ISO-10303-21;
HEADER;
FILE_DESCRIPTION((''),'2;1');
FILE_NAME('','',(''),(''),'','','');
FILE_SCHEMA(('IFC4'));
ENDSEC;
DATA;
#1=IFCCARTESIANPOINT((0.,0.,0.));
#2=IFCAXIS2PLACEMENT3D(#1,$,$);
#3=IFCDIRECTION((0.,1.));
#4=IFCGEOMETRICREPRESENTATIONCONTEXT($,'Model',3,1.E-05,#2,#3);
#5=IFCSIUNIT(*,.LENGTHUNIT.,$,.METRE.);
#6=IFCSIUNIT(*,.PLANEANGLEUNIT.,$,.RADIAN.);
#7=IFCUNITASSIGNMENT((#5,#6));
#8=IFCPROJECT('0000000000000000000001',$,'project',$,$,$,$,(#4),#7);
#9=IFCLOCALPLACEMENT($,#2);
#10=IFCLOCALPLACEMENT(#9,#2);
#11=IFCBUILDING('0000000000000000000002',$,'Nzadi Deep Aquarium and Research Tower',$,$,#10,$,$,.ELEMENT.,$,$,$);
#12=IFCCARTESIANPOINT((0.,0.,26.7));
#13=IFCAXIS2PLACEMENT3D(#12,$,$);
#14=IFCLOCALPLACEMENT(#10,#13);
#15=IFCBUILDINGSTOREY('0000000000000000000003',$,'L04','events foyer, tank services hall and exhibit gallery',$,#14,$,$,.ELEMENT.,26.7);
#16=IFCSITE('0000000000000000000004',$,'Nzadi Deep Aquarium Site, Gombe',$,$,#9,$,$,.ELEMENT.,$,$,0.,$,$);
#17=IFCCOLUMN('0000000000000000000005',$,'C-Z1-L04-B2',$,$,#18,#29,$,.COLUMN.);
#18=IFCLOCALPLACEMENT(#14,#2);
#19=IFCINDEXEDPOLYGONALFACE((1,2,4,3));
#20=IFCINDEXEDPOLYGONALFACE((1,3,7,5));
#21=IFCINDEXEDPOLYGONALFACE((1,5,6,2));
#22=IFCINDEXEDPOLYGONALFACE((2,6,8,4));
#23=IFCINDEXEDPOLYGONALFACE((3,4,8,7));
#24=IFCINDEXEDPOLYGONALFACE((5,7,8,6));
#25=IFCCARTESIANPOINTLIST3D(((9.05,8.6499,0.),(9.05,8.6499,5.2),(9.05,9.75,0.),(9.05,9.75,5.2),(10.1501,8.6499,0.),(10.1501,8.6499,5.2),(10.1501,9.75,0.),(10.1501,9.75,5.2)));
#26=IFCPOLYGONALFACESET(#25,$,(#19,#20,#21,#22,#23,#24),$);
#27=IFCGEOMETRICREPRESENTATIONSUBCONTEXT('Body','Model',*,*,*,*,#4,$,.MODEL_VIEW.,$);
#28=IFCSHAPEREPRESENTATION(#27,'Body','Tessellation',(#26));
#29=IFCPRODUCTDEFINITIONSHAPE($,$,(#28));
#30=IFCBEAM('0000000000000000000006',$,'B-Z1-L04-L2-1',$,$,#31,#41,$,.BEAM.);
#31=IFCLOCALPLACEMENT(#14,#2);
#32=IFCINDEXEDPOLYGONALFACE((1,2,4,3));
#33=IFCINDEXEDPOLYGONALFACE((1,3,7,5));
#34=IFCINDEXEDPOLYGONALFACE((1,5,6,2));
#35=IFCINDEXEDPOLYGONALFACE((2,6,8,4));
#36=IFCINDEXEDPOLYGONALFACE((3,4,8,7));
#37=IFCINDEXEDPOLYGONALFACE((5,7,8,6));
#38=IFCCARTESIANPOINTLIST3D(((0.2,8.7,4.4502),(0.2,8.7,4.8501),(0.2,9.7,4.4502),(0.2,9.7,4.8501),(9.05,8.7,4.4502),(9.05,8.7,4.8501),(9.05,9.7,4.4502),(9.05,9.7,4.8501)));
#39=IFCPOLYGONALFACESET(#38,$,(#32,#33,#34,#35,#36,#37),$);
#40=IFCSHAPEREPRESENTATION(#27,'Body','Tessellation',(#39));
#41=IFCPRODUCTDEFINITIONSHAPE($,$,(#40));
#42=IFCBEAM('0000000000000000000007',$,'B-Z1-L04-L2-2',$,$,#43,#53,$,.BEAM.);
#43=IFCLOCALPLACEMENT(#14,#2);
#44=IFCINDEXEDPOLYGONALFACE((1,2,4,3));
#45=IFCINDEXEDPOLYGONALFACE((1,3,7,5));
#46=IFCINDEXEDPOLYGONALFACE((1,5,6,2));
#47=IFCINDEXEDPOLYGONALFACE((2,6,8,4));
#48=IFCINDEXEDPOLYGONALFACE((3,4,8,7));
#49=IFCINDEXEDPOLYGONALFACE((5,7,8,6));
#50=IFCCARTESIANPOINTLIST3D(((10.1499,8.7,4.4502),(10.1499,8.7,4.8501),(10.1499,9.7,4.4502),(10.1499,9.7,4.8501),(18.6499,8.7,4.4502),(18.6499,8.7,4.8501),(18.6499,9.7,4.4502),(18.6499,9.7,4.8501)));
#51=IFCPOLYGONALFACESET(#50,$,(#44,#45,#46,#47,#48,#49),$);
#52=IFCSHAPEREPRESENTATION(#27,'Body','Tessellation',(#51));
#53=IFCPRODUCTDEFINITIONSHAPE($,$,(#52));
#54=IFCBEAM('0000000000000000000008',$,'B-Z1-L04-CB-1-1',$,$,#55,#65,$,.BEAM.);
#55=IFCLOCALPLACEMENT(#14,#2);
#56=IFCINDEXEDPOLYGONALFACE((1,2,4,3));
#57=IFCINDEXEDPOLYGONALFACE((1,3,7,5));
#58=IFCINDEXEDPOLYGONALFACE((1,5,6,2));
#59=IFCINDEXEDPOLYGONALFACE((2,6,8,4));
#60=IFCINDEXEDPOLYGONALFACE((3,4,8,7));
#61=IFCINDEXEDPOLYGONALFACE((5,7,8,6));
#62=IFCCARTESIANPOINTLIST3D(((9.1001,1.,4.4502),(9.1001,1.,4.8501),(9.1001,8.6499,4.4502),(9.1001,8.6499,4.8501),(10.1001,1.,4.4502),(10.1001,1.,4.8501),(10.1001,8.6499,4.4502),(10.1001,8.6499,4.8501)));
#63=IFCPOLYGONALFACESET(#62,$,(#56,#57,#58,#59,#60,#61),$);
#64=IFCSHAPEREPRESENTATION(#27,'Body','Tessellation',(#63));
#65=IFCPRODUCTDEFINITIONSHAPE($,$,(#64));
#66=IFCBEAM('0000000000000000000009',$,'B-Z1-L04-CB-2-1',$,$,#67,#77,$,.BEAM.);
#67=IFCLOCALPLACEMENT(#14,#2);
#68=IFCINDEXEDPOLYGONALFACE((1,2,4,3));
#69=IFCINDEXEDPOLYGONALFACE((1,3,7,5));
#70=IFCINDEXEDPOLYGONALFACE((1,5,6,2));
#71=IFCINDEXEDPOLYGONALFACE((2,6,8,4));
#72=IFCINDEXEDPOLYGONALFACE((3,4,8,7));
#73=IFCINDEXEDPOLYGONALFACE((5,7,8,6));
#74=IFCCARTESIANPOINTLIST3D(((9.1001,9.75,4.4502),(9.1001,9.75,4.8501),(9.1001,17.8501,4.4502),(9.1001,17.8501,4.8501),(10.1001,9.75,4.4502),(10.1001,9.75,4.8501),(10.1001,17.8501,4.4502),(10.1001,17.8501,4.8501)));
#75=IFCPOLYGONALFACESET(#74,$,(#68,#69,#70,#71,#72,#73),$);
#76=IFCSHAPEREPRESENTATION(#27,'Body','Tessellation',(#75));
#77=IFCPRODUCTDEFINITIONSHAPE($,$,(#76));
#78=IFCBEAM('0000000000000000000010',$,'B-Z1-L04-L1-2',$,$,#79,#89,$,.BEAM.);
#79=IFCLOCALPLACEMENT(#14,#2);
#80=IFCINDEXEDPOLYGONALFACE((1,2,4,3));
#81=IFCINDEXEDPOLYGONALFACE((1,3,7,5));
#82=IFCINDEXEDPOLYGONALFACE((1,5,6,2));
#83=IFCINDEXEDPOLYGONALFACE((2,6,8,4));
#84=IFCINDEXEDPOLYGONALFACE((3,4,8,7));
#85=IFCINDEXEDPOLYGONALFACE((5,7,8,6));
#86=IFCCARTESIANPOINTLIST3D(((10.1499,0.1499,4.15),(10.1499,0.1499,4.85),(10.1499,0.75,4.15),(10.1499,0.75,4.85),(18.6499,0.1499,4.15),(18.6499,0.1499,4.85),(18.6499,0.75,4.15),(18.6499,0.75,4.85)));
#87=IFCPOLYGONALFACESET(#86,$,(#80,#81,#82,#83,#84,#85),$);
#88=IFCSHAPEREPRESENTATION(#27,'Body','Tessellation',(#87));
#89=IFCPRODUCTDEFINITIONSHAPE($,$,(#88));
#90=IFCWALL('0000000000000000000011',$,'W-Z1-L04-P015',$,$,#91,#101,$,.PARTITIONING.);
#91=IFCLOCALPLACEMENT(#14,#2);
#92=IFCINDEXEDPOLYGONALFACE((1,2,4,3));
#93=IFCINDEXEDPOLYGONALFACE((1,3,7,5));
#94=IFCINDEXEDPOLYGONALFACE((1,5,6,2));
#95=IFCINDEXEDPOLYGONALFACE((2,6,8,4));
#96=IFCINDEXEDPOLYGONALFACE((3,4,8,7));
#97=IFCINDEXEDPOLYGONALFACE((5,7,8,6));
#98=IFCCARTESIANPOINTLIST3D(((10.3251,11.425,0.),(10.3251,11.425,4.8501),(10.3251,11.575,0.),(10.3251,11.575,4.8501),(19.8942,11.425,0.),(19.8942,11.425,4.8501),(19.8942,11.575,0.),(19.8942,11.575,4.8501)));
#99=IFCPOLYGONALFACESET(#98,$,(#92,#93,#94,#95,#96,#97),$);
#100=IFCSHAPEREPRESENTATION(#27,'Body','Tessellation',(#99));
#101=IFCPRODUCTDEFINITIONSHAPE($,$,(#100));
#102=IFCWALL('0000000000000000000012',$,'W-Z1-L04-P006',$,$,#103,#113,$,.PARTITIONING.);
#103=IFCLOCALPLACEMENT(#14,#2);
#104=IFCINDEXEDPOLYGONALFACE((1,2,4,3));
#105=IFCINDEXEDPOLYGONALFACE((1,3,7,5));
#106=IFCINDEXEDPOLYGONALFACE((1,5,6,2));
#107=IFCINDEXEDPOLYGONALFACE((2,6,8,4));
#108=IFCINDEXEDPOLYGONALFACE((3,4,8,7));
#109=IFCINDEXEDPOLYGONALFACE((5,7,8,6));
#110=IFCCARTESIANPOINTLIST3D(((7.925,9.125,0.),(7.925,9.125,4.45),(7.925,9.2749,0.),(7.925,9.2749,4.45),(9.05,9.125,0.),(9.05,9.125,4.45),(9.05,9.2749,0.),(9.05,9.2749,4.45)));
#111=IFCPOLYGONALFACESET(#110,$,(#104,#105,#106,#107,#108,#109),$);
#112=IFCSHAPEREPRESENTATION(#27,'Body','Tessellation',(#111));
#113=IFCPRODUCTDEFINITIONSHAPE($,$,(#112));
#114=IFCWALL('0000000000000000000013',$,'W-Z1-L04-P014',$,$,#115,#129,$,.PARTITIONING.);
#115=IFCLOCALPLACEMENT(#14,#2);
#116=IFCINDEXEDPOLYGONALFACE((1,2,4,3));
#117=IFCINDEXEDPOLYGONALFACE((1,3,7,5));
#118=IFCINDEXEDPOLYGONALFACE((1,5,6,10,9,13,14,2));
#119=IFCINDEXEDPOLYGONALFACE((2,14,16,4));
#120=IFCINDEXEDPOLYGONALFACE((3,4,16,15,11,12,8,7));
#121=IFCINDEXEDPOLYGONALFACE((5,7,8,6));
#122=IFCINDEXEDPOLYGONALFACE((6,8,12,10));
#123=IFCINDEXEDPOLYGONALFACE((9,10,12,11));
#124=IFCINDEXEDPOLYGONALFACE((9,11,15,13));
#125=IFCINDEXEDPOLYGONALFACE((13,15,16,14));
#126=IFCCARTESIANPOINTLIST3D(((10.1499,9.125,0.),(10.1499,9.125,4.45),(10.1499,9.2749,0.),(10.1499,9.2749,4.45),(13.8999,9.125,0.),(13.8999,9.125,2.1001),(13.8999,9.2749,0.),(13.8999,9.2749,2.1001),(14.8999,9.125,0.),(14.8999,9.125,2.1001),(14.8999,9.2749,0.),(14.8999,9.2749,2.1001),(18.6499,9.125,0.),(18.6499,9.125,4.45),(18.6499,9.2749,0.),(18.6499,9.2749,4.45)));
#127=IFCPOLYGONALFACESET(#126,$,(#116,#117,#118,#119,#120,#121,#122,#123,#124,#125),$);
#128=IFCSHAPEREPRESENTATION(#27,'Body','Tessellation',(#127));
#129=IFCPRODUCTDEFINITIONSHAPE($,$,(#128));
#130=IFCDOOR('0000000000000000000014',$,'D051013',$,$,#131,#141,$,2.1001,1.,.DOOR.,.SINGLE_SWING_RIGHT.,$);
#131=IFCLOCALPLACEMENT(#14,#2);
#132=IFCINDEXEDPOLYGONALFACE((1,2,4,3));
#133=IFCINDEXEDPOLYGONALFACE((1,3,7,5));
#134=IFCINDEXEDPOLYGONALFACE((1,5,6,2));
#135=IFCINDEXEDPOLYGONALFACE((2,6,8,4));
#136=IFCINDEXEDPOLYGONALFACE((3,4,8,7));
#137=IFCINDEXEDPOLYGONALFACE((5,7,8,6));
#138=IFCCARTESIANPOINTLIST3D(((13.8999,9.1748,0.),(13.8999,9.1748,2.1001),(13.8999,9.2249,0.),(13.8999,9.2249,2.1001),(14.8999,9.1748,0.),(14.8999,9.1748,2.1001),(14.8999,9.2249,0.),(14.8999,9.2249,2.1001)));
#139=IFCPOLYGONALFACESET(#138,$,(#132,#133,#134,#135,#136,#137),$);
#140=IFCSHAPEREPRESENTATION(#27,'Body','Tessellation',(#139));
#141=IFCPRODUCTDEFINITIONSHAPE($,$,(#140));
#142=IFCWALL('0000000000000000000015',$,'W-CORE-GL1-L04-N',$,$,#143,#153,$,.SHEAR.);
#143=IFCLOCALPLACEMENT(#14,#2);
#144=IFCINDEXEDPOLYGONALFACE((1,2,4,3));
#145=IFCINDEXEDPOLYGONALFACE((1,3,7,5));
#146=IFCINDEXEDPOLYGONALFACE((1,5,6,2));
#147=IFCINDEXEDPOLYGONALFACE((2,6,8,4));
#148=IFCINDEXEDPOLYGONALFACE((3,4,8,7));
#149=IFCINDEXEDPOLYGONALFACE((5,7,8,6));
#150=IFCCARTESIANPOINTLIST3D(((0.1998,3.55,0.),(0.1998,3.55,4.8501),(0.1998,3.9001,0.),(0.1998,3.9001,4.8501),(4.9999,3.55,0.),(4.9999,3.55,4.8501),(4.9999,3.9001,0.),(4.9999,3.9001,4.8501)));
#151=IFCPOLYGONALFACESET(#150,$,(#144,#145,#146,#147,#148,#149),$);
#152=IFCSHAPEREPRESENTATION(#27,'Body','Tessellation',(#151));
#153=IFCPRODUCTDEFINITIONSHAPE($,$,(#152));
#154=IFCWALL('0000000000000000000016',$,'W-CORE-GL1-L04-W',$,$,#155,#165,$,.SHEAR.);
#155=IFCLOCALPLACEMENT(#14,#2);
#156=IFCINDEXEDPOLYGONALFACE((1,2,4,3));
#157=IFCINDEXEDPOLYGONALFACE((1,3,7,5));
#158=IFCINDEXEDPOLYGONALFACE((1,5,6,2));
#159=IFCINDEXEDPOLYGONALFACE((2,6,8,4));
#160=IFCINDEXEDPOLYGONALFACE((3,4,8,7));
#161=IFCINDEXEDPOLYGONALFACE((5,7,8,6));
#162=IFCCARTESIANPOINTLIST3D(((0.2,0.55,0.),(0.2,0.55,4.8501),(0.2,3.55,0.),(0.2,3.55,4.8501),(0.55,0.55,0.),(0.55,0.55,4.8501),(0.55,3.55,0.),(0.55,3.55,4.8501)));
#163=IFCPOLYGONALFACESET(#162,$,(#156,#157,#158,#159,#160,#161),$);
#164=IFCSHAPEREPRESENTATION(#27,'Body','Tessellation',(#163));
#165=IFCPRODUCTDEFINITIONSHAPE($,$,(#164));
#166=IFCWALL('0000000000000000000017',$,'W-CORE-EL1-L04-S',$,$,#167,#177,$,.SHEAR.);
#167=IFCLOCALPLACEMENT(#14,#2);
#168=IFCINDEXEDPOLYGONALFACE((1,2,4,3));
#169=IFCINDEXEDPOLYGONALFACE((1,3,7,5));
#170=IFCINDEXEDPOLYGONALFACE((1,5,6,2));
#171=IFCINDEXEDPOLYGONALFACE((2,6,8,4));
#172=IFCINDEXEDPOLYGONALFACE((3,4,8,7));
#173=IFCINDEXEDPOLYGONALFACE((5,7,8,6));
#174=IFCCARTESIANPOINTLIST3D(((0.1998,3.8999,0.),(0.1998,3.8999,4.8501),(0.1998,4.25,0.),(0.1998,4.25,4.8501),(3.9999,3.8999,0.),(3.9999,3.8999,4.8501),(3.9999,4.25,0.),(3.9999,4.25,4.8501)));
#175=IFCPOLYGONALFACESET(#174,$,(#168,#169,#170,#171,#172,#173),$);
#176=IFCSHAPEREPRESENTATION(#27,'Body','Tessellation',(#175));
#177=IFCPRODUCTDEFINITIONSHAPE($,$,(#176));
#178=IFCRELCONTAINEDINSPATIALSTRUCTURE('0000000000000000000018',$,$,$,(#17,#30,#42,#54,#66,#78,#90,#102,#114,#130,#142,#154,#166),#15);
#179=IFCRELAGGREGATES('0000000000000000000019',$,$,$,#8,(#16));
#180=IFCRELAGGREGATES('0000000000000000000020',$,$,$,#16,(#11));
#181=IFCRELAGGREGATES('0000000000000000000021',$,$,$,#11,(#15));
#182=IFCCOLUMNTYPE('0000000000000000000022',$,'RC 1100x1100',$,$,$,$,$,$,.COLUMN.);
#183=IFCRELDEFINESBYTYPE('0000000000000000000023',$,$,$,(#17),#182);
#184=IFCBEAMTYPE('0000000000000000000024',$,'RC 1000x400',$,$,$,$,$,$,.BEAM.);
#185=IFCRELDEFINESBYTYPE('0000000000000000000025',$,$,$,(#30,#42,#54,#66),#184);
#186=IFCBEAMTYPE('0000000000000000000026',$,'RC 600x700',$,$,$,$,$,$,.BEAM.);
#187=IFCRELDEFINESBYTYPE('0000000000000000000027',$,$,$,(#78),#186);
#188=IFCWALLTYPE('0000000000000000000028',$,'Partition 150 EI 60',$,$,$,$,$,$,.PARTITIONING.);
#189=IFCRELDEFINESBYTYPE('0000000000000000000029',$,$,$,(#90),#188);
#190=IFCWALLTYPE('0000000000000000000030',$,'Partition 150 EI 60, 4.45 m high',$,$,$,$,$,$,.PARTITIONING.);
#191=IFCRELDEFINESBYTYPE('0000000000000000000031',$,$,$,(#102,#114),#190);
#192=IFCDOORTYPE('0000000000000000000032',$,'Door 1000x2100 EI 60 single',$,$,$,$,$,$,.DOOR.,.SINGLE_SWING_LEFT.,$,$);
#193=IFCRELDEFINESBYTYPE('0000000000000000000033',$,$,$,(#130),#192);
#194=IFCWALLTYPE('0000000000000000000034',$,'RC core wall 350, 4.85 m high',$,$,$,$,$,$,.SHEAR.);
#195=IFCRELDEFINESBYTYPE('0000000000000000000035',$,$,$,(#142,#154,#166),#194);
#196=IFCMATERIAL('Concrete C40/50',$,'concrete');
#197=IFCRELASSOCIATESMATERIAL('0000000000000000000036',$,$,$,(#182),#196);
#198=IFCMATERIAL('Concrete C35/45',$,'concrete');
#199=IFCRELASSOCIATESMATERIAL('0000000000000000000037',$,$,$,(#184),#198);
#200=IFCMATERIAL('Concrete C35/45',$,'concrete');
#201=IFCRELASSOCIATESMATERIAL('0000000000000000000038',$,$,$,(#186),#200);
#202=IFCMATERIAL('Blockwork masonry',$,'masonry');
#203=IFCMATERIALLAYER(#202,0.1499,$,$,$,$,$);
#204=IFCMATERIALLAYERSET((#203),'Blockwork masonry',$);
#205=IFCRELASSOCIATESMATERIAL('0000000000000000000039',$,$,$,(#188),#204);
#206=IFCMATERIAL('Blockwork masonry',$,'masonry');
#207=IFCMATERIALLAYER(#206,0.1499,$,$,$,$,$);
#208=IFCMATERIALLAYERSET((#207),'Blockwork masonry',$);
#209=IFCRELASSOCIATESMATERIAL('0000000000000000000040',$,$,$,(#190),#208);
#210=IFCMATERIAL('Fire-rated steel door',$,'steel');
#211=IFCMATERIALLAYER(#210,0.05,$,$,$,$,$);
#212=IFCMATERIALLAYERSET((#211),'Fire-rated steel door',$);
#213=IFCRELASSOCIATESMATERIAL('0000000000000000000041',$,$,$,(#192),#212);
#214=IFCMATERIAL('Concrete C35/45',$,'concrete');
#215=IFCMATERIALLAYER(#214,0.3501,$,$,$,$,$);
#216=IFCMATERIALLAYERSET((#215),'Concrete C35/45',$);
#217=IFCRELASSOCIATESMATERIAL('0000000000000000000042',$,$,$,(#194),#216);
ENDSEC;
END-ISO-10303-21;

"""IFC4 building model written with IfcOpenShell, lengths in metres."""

from ifc_helpers import new_model, si_unit, direction, frame, frame_2d, origin, origin_2d, place, context, subcontext, project, spatial, rectangle, extrude, material, layer, layer_set, material_profile, profile_set, type_object, element, fill, save


model = new_model("IFC4")

# Units and contexts
model_context = context("Model", 3, precision=1e-05, world=origin(), true_north=direction((0.0, 1.0)))
body_context = subcontext(model_context, "Body", "Model", "MODEL_VIEW")
ifc_project = project(units=[si_unit("LENGTHUNIT", "METRE"), si_unit("PLANEANGLEUNIT", "RADIAN")], contexts=[model_context])

# Site, building, storey
site_placement = place(None, origin())
site = spatial("IfcSite", under=ifc_project, at=site_placement, Name="Nzadi Deep Aquarium Site, Gombe", CompositionType="ELEMENT", RefElevation=0.0)
building_placement = place(site_placement, origin())
building = spatial("IfcBuilding", under=site, at=building_placement, Name="Nzadi Deep Aquarium and Research Tower", CompositionType="ELEMENT")
storey_placement = place(building_placement, frame((0.0, 0.0, 26.7)))
storey = spatial("IfcBuildingStorey", under=building, at=storey_placement, Name="L04", Description="events foyer, tank services hall and exhibit gallery", CompositionType="ELEMENT", Elevation=26.7)

# Column
ifc_material_1 = material(Name="Concrete C40/50", Category="concrete")
ifc_material_profile_1 = material_profile(ifc_material_1, rectangle(XDim=1.1001, YDim=1.1001, at=origin_2d()))
ifc_profile_set_1 = profile_set([ifc_material_profile_1], Name="Concrete C40/50")
column_type = type_object("IfcColumnType", Name="RC 1100x1100", PredefinedType="COLUMN", material=ifc_profile_set_1)
column_placement = place(storey_placement, frame((9.6001, 9.2, 0.0), z_axis=(0.0, 0.0, 1.0), x_axis=(1.0, 0.0, 0.0)))
element("IfcColumn", 1, at=column_placement, inside=storey, type_object=column_type, Name="C-Z1-L04-B2", PredefinedType="COLUMN", context=body_context, shape_type="SweptSolid", body=[
    extrude(rectangle(XDim=1.1001, YDim=1.1001, at=origin_2d()), origin(), (0.0, 0.0, 1.0), 5.2),
])

# Beams
ifc_material_2 = material(Name="Concrete C35/45", Category="concrete")
ifc_material_profile_2 = material_profile(ifc_material_2, rectangle(XDim=1.0, YDim=0.3999, at=origin_2d()))
ifc_profile_set_2 = profile_set([ifc_material_profile_2], Name="Concrete C35/45")
beam_type_1 = type_object("IfcBeamType", Name="RC 1000x400", PredefinedType="BEAM", material=ifc_profile_set_2)
beam_1_placement = place(storey_placement, frame((0.2, 9.2, 4.6501), z_axis=(1.0, 0.0, 0.0), x_axis=(0.0, 1.0, 0.0)))
element("IfcBeam", 2, at=beam_1_placement, inside=storey, type_object=beam_type_1, Name="B-Z1-L04-L2-1", PredefinedType="BEAM", context=body_context, shape_type="SweptSolid", body=[
    extrude(rectangle(XDim=1.0, YDim=0.3999, at=origin_2d()), origin(), (0.0, 0.0, 1.0), 8.8501),
])
beam_2_placement = place(storey_placement, frame((10.1499, 9.2, 4.6501), z_axis=(1.0, 0.0, 0.0), x_axis=(0.0, 1.0, 0.0)))
element("IfcBeam", 3, at=beam_2_placement, inside=storey, type_object=beam_type_1, Name="B-Z1-L04-L2-2", PredefinedType="BEAM", context=body_context, shape_type="SweptSolid", body=[
    extrude(rectangle(XDim=1.0, YDim=0.3999, at=origin_2d()), origin(), (0.0, 0.0, 1.0), 8.5),
])
beam_3_placement = place(storey_placement, frame((9.6001, 1.0, 4.6501), z_axis=(0.0, 1.0, 0.0), x_axis=(-1.0, 0.0, 0.0)))
element("IfcBeam", 4, at=beam_3_placement, inside=storey, type_object=beam_type_1, Name="B-Z1-L04-CB-1-1", PredefinedType="BEAM", context=body_context, shape_type="SweptSolid", body=[
    extrude(rectangle(XDim=1.0, YDim=0.3999, at=origin_2d()), origin(), (0.0, 0.0, 1.0), 7.6499),
])
beam_4_placement = place(storey_placement, frame((9.6001, 9.75, 4.6501), z_axis=(0.0, 1.0, 0.0), x_axis=(-1.0, 0.0, 0.0)))
element("IfcBeam", 5, at=beam_4_placement, inside=storey, type_object=beam_type_1, Name="B-Z1-L04-CB-2-1", PredefinedType="BEAM", context=body_context, shape_type="SweptSolid", body=[
    extrude(rectangle(XDim=1.0, YDim=0.3999, at=origin_2d()), origin(), (0.0, 0.0, 1.0), 8.1001),
])
ifc_material_3 = material(Name="Concrete C35/45", Category="concrete")
ifc_material_profile_3 = material_profile(ifc_material_3, rectangle(XDim=0.6001, YDim=0.7, at=origin_2d()))
ifc_profile_set_3 = profile_set([ifc_material_profile_3], Name="Concrete C35/45")
beam_type_2 = type_object("IfcBeamType", Name="RC 600x700", PredefinedType="BEAM", material=ifc_profile_set_3)
beam_5_placement = place(storey_placement, frame((10.1499, 0.45, 4.5), z_axis=(1.0, 0.0, 0.0), x_axis=(0.0, 1.0, 0.0)))
element("IfcBeam", 6, at=beam_5_placement, inside=storey, type_object=beam_type_2, Name="B-Z1-L04-L1-2", PredefinedType="BEAM", context=body_context, shape_type="SweptSolid", body=[
    extrude(rectangle(XDim=0.6001, YDim=0.7, at=origin_2d()), origin(), (0.0, 0.0, 1.0), 8.5),
])

# Walls
ifc_material_4 = material(Name="Blockwork masonry", Category="masonry")
ifc_layer_1 = layer(ifc_material_4, 0.1499)
ifc_layer_set_1 = layer_set([ifc_layer_1], Name="Blockwork masonry")
wall_type_1 = type_object("IfcWallType", Name="Partition 150 EI 60", PredefinedType="PARTITIONING", material=ifc_layer_set_1)
wall_1_placement = place(storey_placement, frame((10.325, 11.5, 0.0), z_axis=(0.0, 0.0, 1.0), x_axis=(1.0, 0.0, 0.0)))
element("IfcWall", 7, at=wall_1_placement, inside=storey, type_object=wall_type_1, Name="W-Z1-L04-P015", PredefinedType="PARTITIONING", context=body_context, shape_type="SweptSolid", body=[
    extrude(rectangle(XDim=9.5691, YDim=0.1499, at=frame_2d((4.7847, 0.0))), origin(), (0.0, 0.0, 1.0), 4.8501),
])
ifc_material_5 = material(Name="Blockwork masonry", Category="masonry")
ifc_layer_2 = layer(ifc_material_5, 0.1499)
ifc_layer_set_2 = layer_set([ifc_layer_2], Name="Blockwork masonry")
wall_type_2 = type_object("IfcWallType", Name="Partition 150 EI 60, 4.45 m high", PredefinedType="PARTITIONING", material=ifc_layer_set_2)
wall_2_placement = place(storey_placement, frame((7.925, 9.2, 0.0), z_axis=(0.0, 0.0, 1.0), x_axis=(1.0, 0.0, 0.0)))
element("IfcWall", 8, at=wall_2_placement, inside=storey, type_object=wall_type_2, Name="W-Z1-L04-P006", PredefinedType="PARTITIONING", context=body_context, shape_type="SweptSolid", body=[
    extrude(rectangle(XDim=1.125, YDim=0.1499, at=frame_2d((0.5625, 0.0))), origin(), (0.0, 0.0, 1.0), 4.45),
])

# Wall, opening, door
wall_3_placement = place(storey_placement, frame((10.1499, 9.2, 0.0), z_axis=(0.0, 0.0, 1.0), x_axis=(1.0, 0.0, 0.0)))
wall_3 = element("IfcWall", 9, at=wall_3_placement, inside=storey, type_object=wall_type_2, Name="W-Z1-L04-P014", PredefinedType="PARTITIONING", context=body_context, shape_type="SweptSolid", body=[
    extrude(rectangle(XDim=8.5, YDim=0.1499, at=frame_2d((4.25, 0.0))), origin(), (0.0, 0.0, 1.0), 4.45),
])
opening_1_placement = place(wall_3_placement, frame((3.75, 0.0, 0.0)))
opening_1 = element("IfcOpeningElement", 10, at=opening_1_placement, cuts=wall_3, PredefinedType="OPENING", context=body_context, shape_type="SweptSolid", body=[
    extrude(rectangle(XDim=1.0, YDim=2.1001, at=frame_2d((0.5, 1.05))), frame((0.0, 0.085, 0.0), z_axis=(0.0, -1.0, 0.0), x_axis=(1.0, 0.0, 0.0)), (0.0, 0.0, 1.0), 0.1699),
])
ifc_material_6 = material(Name="Fire-rated steel door", Category="steel")
ifc_layer_3 = layer(ifc_material_6, 0.05)
ifc_layer_set_3 = layer_set([ifc_layer_3], Name="Fire-rated steel door")
door_type_1 = type_object("IfcDoorType", Name="Door 1000x2100 EI 60 single", OperationType="SINGLE_SWING_LEFT", PredefinedType="DOOR", material=ifc_layer_set_3)
door_1_placement = place(opening_1_placement, origin())
door_1 = element("IfcDoor", 11, at=door_1_placement, inside=storey, type_object=door_type_1, Name="D051013", OperationType="SINGLE_SWING_RIGHT", OverallHeight=2.1001, OverallWidth=1.0, PredefinedType="DOOR", context=body_context, shape_type="SweptSolid", body=[
    extrude(rectangle(XDim=1.0, YDim=2.1001, at=frame_2d((0.5, 1.05))), frame((0.0, 0.0249, 0.0), z_axis=(0.0, -1.0, 0.0), x_axis=(1.0, 0.0, 0.0)), (0.0, 0.0, 1.0), 0.05),
])
fill(opening_1, door_1)

# Walls
ifc_material_7 = material(Name="Concrete C35/45", Category="concrete")
ifc_layer_4 = layer(ifc_material_7, 0.3501)
ifc_layer_set_4 = layer_set([ifc_layer_4], Name="Concrete C35/45")
wall_type_3 = type_object("IfcWallType", Name="RC core wall 350, 4.85 m high", PredefinedType="SHEAR", material=ifc_layer_set_4)
wall_4_placement = place(storey_placement, frame((0.2, 3.7251, 0.0), z_axis=(0.0, 0.0, 1.0), x_axis=(1.0, 0.0, 0.0)))
element("IfcWall", 12, at=wall_4_placement, inside=storey, type_object=wall_type_3, Name="W-CORE-GL1-L04-N", PredefinedType="SHEAR", context=body_context, shape_type="SweptSolid", body=[
    extrude(rectangle(XDim=4.8, YDim=0.3501, at=frame_2d((2.3999, 0.0))), origin(), (0.0, 0.0, 1.0), 4.8501),
])
wall_5_placement = place(storey_placement, frame((0.375, 0.55, 0.0), z_axis=(0.0, 0.0, 1.0), x_axis=(0.0, 1.0, 0.0)))
element("IfcWall", 13, at=wall_5_placement, inside=storey, type_object=wall_type_3, Name="W-CORE-GL1-L04-W", PredefinedType="SHEAR", context=body_context, shape_type="SweptSolid", body=[
    extrude(rectangle(XDim=3.0, YDim=0.3501, at=frame_2d((1.5, 0.0))), origin(), (0.0, 0.0, 1.0), 4.8501),
])

# Wall
for number, where, z_axis, x_axis, name in (
    (14, (0.2, 4.075, 0.0), (0.0, 0.0, 1.0), (1.0, 0.0, 0.0), "W-CORE-EL1-L04-S"),
):
    element("IfcWall", number, at=place(storey_placement, frame(where, z_axis=z_axis, x_axis=x_axis)), inside=storey, type_object=wall_type_3, Name=name, PredefinedType="SHEAR", context=body_context, shape_type="SweptSolid", body=[
        extrude(rectangle(XDim=3.8, YDim=0.3501, at=frame_2d((1.8999, 0.0))), origin(), (0.0, 0.0, 1.0), 4.8501),
    ])

save(model, "model.ifc")
